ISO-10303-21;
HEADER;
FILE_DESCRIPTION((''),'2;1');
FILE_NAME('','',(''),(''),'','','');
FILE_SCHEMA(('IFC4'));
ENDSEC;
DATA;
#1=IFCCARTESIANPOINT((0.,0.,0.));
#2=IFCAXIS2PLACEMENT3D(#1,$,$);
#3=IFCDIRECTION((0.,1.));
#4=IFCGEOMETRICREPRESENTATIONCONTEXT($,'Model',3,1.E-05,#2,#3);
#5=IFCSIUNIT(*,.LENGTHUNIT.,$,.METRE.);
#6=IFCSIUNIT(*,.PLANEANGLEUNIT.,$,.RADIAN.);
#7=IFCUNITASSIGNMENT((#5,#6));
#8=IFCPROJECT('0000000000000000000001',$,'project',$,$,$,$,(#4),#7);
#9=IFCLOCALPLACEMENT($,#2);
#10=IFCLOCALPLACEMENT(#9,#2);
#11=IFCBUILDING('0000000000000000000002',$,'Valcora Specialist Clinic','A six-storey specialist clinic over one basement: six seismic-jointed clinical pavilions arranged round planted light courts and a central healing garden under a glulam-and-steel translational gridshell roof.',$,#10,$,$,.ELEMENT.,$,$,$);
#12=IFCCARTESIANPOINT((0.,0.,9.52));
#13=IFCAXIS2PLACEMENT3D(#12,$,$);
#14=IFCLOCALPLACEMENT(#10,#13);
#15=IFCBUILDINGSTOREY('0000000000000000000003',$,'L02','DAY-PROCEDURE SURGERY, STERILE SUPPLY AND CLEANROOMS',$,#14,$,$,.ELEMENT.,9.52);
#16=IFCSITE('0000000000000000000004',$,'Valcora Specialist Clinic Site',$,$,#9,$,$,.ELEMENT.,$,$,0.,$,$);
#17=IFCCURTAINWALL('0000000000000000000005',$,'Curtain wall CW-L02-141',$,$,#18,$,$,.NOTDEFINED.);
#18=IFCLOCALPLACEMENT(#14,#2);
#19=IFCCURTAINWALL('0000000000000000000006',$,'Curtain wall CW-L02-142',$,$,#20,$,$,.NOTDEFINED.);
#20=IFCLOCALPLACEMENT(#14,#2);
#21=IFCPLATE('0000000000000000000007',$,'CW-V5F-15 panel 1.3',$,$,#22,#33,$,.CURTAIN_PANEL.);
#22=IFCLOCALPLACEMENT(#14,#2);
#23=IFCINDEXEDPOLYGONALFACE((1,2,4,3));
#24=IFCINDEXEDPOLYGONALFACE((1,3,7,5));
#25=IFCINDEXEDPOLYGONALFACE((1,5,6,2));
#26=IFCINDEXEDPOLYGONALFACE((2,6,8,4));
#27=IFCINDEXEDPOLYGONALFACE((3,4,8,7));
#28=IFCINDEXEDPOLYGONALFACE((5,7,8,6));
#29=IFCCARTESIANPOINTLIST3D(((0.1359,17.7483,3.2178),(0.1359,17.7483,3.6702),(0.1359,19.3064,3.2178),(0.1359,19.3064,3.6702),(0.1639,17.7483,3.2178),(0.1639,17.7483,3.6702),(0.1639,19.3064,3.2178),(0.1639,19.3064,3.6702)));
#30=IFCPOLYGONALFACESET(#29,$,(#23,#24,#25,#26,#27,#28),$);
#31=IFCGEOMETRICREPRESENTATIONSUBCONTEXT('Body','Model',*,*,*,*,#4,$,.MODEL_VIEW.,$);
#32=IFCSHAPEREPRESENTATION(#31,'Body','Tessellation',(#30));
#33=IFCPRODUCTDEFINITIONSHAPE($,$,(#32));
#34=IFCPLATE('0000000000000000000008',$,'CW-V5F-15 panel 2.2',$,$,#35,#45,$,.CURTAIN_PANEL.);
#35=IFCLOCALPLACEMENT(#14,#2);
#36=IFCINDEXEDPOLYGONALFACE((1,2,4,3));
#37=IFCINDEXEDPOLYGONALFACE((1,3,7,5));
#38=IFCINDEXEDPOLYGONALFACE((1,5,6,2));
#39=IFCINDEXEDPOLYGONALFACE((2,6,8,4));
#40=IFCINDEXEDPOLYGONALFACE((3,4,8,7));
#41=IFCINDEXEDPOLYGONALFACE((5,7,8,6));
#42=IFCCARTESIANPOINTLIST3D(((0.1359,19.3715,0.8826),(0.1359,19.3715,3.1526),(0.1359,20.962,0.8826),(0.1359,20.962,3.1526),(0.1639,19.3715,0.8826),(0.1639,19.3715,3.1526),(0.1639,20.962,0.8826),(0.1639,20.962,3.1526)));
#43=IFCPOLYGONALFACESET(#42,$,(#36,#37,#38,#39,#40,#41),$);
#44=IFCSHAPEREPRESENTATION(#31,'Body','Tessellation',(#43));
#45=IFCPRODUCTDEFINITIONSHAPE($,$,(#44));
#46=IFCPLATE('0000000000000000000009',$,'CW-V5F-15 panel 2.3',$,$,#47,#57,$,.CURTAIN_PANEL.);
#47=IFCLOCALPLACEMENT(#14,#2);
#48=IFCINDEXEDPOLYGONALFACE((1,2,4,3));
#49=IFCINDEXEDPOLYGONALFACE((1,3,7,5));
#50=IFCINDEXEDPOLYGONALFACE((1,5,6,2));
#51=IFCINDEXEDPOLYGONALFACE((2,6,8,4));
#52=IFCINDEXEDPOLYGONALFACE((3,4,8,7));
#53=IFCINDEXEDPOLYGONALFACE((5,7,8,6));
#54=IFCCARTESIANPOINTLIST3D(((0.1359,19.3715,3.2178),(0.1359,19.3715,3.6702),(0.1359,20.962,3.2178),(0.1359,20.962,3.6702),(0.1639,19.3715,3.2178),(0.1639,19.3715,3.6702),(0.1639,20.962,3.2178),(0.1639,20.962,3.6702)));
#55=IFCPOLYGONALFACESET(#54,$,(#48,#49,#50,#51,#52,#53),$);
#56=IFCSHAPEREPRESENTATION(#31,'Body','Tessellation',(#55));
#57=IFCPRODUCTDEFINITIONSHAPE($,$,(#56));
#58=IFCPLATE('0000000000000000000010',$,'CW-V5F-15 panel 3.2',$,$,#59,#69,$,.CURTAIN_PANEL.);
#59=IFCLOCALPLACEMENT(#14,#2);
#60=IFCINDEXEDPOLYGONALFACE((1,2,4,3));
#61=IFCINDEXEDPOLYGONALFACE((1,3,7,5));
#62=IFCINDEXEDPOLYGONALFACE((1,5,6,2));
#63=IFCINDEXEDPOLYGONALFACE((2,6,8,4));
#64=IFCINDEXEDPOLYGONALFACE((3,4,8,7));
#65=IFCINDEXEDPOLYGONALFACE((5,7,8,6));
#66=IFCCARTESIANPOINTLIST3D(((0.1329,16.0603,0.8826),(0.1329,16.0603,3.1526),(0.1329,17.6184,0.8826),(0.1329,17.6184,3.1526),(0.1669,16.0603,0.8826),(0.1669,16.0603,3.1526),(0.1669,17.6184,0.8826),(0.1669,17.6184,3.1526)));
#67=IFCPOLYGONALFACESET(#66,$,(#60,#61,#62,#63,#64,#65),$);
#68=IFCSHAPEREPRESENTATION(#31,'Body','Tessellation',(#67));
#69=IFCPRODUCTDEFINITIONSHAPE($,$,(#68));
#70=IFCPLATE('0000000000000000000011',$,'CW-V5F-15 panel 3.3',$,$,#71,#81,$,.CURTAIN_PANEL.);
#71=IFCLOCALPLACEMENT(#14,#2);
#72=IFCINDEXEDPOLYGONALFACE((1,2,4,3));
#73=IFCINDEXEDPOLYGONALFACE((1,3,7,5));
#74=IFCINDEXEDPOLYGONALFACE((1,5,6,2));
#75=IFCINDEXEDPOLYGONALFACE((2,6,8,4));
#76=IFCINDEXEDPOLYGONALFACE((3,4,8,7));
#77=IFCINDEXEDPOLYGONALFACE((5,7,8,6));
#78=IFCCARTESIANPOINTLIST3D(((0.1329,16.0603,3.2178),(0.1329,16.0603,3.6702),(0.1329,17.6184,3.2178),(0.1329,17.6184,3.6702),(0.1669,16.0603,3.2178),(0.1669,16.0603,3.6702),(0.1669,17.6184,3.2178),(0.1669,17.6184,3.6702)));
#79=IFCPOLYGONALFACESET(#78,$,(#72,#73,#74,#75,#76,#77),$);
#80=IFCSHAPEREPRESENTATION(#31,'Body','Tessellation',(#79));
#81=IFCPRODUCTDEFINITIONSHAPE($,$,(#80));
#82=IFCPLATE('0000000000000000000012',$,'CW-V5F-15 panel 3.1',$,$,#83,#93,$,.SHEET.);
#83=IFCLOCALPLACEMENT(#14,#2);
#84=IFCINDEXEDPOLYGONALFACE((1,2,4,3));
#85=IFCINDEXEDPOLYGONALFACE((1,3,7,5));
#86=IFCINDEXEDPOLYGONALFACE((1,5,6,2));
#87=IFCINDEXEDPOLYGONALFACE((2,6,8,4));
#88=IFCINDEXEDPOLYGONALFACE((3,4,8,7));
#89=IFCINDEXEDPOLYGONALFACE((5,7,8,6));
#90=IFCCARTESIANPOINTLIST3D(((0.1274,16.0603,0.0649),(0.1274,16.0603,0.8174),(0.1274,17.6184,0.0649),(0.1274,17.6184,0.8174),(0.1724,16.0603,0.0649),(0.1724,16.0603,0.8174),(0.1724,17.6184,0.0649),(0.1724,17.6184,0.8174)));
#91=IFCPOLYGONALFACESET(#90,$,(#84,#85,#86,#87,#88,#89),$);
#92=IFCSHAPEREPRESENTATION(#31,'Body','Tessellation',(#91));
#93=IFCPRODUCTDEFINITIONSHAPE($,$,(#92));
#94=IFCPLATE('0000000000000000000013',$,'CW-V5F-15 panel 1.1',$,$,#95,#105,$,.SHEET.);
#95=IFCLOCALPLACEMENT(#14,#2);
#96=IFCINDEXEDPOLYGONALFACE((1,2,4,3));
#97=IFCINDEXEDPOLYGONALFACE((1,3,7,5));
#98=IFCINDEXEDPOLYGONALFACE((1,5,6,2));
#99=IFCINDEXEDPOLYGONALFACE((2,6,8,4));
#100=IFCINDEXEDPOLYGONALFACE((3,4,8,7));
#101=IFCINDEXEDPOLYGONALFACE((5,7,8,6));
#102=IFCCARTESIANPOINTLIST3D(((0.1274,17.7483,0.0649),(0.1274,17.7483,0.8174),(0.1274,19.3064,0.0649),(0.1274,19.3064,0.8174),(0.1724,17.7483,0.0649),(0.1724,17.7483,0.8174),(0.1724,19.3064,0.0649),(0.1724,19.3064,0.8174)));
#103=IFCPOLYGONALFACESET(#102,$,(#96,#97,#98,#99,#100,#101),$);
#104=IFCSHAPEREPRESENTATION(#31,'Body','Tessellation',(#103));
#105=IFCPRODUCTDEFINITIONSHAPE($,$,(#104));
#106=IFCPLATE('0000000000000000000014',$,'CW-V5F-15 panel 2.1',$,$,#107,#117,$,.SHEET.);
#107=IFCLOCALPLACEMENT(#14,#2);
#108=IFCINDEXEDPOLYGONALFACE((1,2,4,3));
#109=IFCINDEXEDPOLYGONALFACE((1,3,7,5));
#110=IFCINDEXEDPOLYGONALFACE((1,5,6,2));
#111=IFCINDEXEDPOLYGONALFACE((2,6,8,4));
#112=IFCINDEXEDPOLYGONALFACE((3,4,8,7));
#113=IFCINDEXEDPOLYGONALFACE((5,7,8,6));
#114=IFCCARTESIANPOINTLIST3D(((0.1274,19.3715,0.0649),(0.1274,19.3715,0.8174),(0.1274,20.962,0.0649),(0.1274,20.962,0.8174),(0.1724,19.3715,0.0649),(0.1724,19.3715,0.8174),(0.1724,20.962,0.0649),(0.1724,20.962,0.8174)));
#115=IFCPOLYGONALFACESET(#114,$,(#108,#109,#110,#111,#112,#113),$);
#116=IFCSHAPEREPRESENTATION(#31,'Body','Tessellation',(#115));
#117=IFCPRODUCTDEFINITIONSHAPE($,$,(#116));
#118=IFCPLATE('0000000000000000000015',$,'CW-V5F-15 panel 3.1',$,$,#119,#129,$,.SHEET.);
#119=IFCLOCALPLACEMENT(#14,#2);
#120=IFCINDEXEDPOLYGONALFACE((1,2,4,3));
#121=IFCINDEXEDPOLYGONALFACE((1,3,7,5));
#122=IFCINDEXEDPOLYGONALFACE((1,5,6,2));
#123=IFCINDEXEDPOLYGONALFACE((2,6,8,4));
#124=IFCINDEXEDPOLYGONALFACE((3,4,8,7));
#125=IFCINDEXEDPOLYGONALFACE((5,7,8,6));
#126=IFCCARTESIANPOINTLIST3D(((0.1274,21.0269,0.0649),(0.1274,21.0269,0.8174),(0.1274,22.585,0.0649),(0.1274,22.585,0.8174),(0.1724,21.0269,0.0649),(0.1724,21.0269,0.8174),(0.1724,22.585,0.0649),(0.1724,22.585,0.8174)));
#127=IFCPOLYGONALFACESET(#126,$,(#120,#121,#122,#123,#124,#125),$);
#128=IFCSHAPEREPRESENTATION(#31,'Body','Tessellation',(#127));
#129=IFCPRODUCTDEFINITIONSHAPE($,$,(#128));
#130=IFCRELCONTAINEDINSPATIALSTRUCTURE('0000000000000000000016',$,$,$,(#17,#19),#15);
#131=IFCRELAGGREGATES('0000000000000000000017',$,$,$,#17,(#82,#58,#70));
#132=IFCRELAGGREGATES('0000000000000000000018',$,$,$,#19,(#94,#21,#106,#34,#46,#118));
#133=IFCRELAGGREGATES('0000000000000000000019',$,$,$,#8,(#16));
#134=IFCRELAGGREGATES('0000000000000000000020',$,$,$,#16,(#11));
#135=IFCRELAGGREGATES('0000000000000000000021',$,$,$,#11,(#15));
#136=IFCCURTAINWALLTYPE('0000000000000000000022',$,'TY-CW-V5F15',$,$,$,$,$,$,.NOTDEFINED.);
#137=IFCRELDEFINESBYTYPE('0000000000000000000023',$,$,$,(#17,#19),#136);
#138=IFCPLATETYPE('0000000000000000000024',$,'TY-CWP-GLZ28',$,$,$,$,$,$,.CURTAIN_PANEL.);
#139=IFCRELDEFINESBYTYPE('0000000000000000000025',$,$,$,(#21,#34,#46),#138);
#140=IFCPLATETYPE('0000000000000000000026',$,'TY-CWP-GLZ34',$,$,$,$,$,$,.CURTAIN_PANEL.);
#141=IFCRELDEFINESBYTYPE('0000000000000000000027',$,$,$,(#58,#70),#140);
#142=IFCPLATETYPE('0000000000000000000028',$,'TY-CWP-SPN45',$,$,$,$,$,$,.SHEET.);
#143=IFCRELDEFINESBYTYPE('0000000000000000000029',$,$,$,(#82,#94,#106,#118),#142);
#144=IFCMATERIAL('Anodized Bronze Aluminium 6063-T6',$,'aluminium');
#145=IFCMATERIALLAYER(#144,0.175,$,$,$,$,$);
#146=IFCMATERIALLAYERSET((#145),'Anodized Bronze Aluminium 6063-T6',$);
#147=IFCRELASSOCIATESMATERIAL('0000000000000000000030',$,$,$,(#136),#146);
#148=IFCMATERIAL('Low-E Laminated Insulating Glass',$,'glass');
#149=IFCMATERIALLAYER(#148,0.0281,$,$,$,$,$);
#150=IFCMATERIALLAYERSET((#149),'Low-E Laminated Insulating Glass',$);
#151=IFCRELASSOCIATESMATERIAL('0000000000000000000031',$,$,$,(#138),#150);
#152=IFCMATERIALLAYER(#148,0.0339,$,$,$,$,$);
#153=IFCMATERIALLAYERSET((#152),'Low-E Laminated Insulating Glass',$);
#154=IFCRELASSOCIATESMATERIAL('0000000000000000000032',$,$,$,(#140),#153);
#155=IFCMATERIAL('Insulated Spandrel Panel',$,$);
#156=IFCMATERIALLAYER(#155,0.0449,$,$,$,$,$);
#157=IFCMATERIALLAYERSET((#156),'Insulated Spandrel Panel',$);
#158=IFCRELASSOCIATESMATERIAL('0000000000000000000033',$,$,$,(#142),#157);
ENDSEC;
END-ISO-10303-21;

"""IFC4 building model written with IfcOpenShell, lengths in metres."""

from ifc_helpers import new_model, si_unit, direction, frame, origin, origin_2d, place, context, subcontext, project, spatial, rectangle, extrude, material, layer, layer_set, type_object, element, aggregate, save


model = new_model("IFC4")

# Units and contexts
model_context = context("Model", 3, precision=1e-05, world=origin(), true_north=direction((0.0, 1.0)))
body_context = subcontext(model_context, "Body", "Model", "MODEL_VIEW")
ifc_project = project(units=[si_unit("LENGTHUNIT", "METRE"), si_unit("PLANEANGLEUNIT", "RADIAN")], contexts=[model_context])

# Site, building, storey
site_placement = place(None, origin())
site = spatial("IfcSite", under=ifc_project, at=site_placement, Name="Valcora Specialist Clinic Site", CompositionType="ELEMENT", RefElevation=0.0)
building_placement = place(site_placement, origin())
building = spatial("IfcBuilding", under=site, at=building_placement, Name="Valcora Specialist Clinic", Description="A six-storey specialist clinic over one basement: six seismic-jointed clinical pavilions arranged round planted light courts and a central healing garden under a glulam-and-steel translational gridshell roof.", CompositionType="ELEMENT")
storey_placement = place(building_placement, frame((0.0, 0.0, 9.52)))
storey = spatial("IfcBuildingStorey", under=building, at=storey_placement, Name="L02", Description="DAY-PROCEDURE SURGERY, STERILE SUPPLY AND CLEANROOMS", CompositionType="ELEMENT", Elevation=9.52)

# Curtain walls
ifc_material_1 = material(Name="Anodized Bronze Aluminium 6063-T6", Category="aluminium")
ifc_layer_1 = layer(ifc_material_1, 0.175)
ifc_layer_set_1 = layer_set([ifc_layer_1], Name="Anodized Bronze Aluminium 6063-T6")
curtain_wall_type = type_object("IfcCurtainWallType", Name="TY-CW-V5F15", PredefinedType="NOTDEFINED", material=ifc_layer_set_1)
curtain_wall_1_placement = place(storey_placement, origin())
curtain_wall_1 = element("IfcCurtainWall", 1, at=curtain_wall_1_placement, inside=storey, type_object=curtain_wall_type, Name="Curtain wall CW-L02-141", PredefinedType="NOTDEFINED")
curtain_wall_2_placement = place(storey_placement, origin())
curtain_wall_2 = element("IfcCurtainWall", 2, at=curtain_wall_2_placement, inside=storey, type_object=curtain_wall_type, Name="Curtain wall CW-L02-142", PredefinedType="NOTDEFINED")

# Plates
ifc_material_2 = material(Name="Low-E Laminated Insulating Glass", Category="glass")
ifc_layer_2 = layer(ifc_material_2, 0.0281)
ifc_layer_set_2 = layer_set([ifc_layer_2], Name="Low-E Laminated Insulating Glass")
plate_type_1 = type_object("IfcPlateType", Name="TY-CWP-GLZ28", PredefinedType="CURTAIN_PANEL", material=ifc_layer_set_2)
plate_1_placement = place(storey_placement, frame((0.1499, 18.5273, 3.2178), z_axis=(0.0, 0.0, 1.0), x_axis=(0.0, 1.0, 0.0)))
plate_1 = element("IfcPlate", 3, at=plate_1_placement, type_object=plate_type_1, Name="CW-V5F-15 panel 1.3", PredefinedType="CURTAIN_PANEL", context=body_context, shape_type="SweptSolid", body=[
    extrude(rectangle(XDim=1.5581, YDim=0.0281, at=origin_2d()), origin(), (0.0, 0.0, 1.0), 0.4524),
])
plate_2_placement = place(storey_placement, frame((0.1499, 20.1667, 0.8826), z_axis=(0.0, 0.0, 1.0), x_axis=(0.0, 1.0, 0.0)))
plate_2 = element("IfcPlate", 4, at=plate_2_placement, type_object=plate_type_1, Name="CW-V5F-15 panel 2.2", PredefinedType="CURTAIN_PANEL", context=body_context, shape_type="SweptSolid", body=[
    extrude(rectangle(XDim=1.5906, YDim=0.0281, at=origin_2d()), origin(), (0.0, 0.0, 1.0), 2.27),
])
plate_3_placement = place(storey_placement, frame((0.1499, 20.1667, 3.2178), z_axis=(0.0, 0.0, 1.0), x_axis=(0.0, 1.0, 0.0)))
plate_3 = element("IfcPlate", 5, at=plate_3_placement, type_object=plate_type_1, Name="CW-V5F-15 panel 2.3", PredefinedType="CURTAIN_PANEL", context=body_context, shape_type="SweptSolid", body=[
    extrude(rectangle(XDim=1.5906, YDim=0.0281, at=origin_2d()), origin(), (0.0, 0.0, 1.0), 0.4524),
])
ifc_layer_3 = layer(ifc_material_2, 0.0339)
ifc_layer_set_3 = layer_set([ifc_layer_3], Name="Low-E Laminated Insulating Glass")
plate_type_2 = type_object("IfcPlateType", Name="TY-CWP-GLZ34", PredefinedType="CURTAIN_PANEL", material=ifc_layer_set_3)
plate_4_placement = place(storey_placement, frame((0.1499, 16.8394, 0.8826), z_axis=(0.0, 0.0, 1.0), x_axis=(0.0, 1.0, 0.0)))
plate_4 = element("IfcPlate", 6, at=plate_4_placement, type_object=plate_type_2, Name="CW-V5F-15 panel 3.2", PredefinedType="CURTAIN_PANEL", context=body_context, shape_type="SweptSolid", body=[
    extrude(rectangle(XDim=1.5581, YDim=0.0339, at=origin_2d()), origin(), (0.0, 0.0, 1.0), 2.27),
])
plate_5_placement = place(storey_placement, frame((0.1499, 16.8394, 3.2178), z_axis=(0.0, 0.0, 1.0), x_axis=(0.0, 1.0, 0.0)))
plate_5 = element("IfcPlate", 7, at=plate_5_placement, type_object=plate_type_2, Name="CW-V5F-15 panel 3.3", PredefinedType="CURTAIN_PANEL", context=body_context, shape_type="SweptSolid", body=[
    extrude(rectangle(XDim=1.5581, YDim=0.0339, at=origin_2d()), origin(), (0.0, 0.0, 1.0), 0.4524),
])
ifc_material_3 = material(Name="Insulated Spandrel Panel")
ifc_layer_4 = layer(ifc_material_3, 0.0449)
ifc_layer_set_4 = layer_set([ifc_layer_4], Name="Insulated Spandrel Panel")
plate_type_3 = type_object("IfcPlateType", Name="TY-CWP-SPN45", PredefinedType="SHEET", material=ifc_layer_set_4)
plate_6_placement = place(storey_placement, frame((0.1499, 16.8394, 0.0649), z_axis=(0.0, 0.0, 1.0), x_axis=(0.0, 1.0, 0.0)))
plate_6 = element("IfcPlate", 8, at=plate_6_placement, type_object=plate_type_3, Name="CW-V5F-15 panel 3.1", PredefinedType="SHEET", context=body_context, shape_type="SweptSolid", body=[
    extrude(rectangle(XDim=1.5581, YDim=0.0449, at=origin_2d()), origin(), (0.0, 0.0, 1.0), 0.7524),
])
aggregate(curtain_wall_1, [plate_6, plate_4, plate_5])
plate_7_placement = place(storey_placement, frame((0.1499, 18.5273, 0.0649), z_axis=(0.0, 0.0, 1.0), x_axis=(0.0, 1.0, 0.0)))
plate_7 = element("IfcPlate", 9, at=plate_7_placement, type_object=plate_type_3, Name="CW-V5F-15 panel 1.1", PredefinedType="SHEET", context=body_context, shape_type="SweptSolid", body=[
    extrude(rectangle(XDim=1.5581, YDim=0.0449, at=origin_2d()), origin(), (0.0, 0.0, 1.0), 0.7524),
])
plate_8_placement = place(storey_placement, frame((0.1499, 20.1667, 0.0649), z_axis=(0.0, 0.0, 1.0), x_axis=(0.0, 1.0, 0.0)))
plate_8 = element("IfcPlate", 10, at=plate_8_placement, type_object=plate_type_3, Name="CW-V5F-15 panel 2.1", PredefinedType="SHEET", context=body_context, shape_type="SweptSolid", body=[
    extrude(rectangle(XDim=1.5906, YDim=0.0449, at=origin_2d()), origin(), (0.0, 0.0, 1.0), 0.7524),
])
plate_9_placement = place(storey_placement, frame((0.1499, 21.8059, 0.0649), z_axis=(0.0, 0.0, 1.0), x_axis=(0.0, 1.0, 0.0)))
plate_9 = element("IfcPlate", 11, at=plate_9_placement, type_object=plate_type_3, Name="CW-V5F-15 panel 3.1", PredefinedType="SHEET", context=body_context, shape_type="SweptSolid", body=[
    extrude(rectangle(XDim=1.5581, YDim=0.0449, at=origin_2d()), origin(), (0.0, 0.0, 1.0), 0.7524),
])
aggregate(curtain_wall_2, [plate_7, plate_1, plate_8, plate_2, plate_3, plate_9])

save(model, "model.ifc")
